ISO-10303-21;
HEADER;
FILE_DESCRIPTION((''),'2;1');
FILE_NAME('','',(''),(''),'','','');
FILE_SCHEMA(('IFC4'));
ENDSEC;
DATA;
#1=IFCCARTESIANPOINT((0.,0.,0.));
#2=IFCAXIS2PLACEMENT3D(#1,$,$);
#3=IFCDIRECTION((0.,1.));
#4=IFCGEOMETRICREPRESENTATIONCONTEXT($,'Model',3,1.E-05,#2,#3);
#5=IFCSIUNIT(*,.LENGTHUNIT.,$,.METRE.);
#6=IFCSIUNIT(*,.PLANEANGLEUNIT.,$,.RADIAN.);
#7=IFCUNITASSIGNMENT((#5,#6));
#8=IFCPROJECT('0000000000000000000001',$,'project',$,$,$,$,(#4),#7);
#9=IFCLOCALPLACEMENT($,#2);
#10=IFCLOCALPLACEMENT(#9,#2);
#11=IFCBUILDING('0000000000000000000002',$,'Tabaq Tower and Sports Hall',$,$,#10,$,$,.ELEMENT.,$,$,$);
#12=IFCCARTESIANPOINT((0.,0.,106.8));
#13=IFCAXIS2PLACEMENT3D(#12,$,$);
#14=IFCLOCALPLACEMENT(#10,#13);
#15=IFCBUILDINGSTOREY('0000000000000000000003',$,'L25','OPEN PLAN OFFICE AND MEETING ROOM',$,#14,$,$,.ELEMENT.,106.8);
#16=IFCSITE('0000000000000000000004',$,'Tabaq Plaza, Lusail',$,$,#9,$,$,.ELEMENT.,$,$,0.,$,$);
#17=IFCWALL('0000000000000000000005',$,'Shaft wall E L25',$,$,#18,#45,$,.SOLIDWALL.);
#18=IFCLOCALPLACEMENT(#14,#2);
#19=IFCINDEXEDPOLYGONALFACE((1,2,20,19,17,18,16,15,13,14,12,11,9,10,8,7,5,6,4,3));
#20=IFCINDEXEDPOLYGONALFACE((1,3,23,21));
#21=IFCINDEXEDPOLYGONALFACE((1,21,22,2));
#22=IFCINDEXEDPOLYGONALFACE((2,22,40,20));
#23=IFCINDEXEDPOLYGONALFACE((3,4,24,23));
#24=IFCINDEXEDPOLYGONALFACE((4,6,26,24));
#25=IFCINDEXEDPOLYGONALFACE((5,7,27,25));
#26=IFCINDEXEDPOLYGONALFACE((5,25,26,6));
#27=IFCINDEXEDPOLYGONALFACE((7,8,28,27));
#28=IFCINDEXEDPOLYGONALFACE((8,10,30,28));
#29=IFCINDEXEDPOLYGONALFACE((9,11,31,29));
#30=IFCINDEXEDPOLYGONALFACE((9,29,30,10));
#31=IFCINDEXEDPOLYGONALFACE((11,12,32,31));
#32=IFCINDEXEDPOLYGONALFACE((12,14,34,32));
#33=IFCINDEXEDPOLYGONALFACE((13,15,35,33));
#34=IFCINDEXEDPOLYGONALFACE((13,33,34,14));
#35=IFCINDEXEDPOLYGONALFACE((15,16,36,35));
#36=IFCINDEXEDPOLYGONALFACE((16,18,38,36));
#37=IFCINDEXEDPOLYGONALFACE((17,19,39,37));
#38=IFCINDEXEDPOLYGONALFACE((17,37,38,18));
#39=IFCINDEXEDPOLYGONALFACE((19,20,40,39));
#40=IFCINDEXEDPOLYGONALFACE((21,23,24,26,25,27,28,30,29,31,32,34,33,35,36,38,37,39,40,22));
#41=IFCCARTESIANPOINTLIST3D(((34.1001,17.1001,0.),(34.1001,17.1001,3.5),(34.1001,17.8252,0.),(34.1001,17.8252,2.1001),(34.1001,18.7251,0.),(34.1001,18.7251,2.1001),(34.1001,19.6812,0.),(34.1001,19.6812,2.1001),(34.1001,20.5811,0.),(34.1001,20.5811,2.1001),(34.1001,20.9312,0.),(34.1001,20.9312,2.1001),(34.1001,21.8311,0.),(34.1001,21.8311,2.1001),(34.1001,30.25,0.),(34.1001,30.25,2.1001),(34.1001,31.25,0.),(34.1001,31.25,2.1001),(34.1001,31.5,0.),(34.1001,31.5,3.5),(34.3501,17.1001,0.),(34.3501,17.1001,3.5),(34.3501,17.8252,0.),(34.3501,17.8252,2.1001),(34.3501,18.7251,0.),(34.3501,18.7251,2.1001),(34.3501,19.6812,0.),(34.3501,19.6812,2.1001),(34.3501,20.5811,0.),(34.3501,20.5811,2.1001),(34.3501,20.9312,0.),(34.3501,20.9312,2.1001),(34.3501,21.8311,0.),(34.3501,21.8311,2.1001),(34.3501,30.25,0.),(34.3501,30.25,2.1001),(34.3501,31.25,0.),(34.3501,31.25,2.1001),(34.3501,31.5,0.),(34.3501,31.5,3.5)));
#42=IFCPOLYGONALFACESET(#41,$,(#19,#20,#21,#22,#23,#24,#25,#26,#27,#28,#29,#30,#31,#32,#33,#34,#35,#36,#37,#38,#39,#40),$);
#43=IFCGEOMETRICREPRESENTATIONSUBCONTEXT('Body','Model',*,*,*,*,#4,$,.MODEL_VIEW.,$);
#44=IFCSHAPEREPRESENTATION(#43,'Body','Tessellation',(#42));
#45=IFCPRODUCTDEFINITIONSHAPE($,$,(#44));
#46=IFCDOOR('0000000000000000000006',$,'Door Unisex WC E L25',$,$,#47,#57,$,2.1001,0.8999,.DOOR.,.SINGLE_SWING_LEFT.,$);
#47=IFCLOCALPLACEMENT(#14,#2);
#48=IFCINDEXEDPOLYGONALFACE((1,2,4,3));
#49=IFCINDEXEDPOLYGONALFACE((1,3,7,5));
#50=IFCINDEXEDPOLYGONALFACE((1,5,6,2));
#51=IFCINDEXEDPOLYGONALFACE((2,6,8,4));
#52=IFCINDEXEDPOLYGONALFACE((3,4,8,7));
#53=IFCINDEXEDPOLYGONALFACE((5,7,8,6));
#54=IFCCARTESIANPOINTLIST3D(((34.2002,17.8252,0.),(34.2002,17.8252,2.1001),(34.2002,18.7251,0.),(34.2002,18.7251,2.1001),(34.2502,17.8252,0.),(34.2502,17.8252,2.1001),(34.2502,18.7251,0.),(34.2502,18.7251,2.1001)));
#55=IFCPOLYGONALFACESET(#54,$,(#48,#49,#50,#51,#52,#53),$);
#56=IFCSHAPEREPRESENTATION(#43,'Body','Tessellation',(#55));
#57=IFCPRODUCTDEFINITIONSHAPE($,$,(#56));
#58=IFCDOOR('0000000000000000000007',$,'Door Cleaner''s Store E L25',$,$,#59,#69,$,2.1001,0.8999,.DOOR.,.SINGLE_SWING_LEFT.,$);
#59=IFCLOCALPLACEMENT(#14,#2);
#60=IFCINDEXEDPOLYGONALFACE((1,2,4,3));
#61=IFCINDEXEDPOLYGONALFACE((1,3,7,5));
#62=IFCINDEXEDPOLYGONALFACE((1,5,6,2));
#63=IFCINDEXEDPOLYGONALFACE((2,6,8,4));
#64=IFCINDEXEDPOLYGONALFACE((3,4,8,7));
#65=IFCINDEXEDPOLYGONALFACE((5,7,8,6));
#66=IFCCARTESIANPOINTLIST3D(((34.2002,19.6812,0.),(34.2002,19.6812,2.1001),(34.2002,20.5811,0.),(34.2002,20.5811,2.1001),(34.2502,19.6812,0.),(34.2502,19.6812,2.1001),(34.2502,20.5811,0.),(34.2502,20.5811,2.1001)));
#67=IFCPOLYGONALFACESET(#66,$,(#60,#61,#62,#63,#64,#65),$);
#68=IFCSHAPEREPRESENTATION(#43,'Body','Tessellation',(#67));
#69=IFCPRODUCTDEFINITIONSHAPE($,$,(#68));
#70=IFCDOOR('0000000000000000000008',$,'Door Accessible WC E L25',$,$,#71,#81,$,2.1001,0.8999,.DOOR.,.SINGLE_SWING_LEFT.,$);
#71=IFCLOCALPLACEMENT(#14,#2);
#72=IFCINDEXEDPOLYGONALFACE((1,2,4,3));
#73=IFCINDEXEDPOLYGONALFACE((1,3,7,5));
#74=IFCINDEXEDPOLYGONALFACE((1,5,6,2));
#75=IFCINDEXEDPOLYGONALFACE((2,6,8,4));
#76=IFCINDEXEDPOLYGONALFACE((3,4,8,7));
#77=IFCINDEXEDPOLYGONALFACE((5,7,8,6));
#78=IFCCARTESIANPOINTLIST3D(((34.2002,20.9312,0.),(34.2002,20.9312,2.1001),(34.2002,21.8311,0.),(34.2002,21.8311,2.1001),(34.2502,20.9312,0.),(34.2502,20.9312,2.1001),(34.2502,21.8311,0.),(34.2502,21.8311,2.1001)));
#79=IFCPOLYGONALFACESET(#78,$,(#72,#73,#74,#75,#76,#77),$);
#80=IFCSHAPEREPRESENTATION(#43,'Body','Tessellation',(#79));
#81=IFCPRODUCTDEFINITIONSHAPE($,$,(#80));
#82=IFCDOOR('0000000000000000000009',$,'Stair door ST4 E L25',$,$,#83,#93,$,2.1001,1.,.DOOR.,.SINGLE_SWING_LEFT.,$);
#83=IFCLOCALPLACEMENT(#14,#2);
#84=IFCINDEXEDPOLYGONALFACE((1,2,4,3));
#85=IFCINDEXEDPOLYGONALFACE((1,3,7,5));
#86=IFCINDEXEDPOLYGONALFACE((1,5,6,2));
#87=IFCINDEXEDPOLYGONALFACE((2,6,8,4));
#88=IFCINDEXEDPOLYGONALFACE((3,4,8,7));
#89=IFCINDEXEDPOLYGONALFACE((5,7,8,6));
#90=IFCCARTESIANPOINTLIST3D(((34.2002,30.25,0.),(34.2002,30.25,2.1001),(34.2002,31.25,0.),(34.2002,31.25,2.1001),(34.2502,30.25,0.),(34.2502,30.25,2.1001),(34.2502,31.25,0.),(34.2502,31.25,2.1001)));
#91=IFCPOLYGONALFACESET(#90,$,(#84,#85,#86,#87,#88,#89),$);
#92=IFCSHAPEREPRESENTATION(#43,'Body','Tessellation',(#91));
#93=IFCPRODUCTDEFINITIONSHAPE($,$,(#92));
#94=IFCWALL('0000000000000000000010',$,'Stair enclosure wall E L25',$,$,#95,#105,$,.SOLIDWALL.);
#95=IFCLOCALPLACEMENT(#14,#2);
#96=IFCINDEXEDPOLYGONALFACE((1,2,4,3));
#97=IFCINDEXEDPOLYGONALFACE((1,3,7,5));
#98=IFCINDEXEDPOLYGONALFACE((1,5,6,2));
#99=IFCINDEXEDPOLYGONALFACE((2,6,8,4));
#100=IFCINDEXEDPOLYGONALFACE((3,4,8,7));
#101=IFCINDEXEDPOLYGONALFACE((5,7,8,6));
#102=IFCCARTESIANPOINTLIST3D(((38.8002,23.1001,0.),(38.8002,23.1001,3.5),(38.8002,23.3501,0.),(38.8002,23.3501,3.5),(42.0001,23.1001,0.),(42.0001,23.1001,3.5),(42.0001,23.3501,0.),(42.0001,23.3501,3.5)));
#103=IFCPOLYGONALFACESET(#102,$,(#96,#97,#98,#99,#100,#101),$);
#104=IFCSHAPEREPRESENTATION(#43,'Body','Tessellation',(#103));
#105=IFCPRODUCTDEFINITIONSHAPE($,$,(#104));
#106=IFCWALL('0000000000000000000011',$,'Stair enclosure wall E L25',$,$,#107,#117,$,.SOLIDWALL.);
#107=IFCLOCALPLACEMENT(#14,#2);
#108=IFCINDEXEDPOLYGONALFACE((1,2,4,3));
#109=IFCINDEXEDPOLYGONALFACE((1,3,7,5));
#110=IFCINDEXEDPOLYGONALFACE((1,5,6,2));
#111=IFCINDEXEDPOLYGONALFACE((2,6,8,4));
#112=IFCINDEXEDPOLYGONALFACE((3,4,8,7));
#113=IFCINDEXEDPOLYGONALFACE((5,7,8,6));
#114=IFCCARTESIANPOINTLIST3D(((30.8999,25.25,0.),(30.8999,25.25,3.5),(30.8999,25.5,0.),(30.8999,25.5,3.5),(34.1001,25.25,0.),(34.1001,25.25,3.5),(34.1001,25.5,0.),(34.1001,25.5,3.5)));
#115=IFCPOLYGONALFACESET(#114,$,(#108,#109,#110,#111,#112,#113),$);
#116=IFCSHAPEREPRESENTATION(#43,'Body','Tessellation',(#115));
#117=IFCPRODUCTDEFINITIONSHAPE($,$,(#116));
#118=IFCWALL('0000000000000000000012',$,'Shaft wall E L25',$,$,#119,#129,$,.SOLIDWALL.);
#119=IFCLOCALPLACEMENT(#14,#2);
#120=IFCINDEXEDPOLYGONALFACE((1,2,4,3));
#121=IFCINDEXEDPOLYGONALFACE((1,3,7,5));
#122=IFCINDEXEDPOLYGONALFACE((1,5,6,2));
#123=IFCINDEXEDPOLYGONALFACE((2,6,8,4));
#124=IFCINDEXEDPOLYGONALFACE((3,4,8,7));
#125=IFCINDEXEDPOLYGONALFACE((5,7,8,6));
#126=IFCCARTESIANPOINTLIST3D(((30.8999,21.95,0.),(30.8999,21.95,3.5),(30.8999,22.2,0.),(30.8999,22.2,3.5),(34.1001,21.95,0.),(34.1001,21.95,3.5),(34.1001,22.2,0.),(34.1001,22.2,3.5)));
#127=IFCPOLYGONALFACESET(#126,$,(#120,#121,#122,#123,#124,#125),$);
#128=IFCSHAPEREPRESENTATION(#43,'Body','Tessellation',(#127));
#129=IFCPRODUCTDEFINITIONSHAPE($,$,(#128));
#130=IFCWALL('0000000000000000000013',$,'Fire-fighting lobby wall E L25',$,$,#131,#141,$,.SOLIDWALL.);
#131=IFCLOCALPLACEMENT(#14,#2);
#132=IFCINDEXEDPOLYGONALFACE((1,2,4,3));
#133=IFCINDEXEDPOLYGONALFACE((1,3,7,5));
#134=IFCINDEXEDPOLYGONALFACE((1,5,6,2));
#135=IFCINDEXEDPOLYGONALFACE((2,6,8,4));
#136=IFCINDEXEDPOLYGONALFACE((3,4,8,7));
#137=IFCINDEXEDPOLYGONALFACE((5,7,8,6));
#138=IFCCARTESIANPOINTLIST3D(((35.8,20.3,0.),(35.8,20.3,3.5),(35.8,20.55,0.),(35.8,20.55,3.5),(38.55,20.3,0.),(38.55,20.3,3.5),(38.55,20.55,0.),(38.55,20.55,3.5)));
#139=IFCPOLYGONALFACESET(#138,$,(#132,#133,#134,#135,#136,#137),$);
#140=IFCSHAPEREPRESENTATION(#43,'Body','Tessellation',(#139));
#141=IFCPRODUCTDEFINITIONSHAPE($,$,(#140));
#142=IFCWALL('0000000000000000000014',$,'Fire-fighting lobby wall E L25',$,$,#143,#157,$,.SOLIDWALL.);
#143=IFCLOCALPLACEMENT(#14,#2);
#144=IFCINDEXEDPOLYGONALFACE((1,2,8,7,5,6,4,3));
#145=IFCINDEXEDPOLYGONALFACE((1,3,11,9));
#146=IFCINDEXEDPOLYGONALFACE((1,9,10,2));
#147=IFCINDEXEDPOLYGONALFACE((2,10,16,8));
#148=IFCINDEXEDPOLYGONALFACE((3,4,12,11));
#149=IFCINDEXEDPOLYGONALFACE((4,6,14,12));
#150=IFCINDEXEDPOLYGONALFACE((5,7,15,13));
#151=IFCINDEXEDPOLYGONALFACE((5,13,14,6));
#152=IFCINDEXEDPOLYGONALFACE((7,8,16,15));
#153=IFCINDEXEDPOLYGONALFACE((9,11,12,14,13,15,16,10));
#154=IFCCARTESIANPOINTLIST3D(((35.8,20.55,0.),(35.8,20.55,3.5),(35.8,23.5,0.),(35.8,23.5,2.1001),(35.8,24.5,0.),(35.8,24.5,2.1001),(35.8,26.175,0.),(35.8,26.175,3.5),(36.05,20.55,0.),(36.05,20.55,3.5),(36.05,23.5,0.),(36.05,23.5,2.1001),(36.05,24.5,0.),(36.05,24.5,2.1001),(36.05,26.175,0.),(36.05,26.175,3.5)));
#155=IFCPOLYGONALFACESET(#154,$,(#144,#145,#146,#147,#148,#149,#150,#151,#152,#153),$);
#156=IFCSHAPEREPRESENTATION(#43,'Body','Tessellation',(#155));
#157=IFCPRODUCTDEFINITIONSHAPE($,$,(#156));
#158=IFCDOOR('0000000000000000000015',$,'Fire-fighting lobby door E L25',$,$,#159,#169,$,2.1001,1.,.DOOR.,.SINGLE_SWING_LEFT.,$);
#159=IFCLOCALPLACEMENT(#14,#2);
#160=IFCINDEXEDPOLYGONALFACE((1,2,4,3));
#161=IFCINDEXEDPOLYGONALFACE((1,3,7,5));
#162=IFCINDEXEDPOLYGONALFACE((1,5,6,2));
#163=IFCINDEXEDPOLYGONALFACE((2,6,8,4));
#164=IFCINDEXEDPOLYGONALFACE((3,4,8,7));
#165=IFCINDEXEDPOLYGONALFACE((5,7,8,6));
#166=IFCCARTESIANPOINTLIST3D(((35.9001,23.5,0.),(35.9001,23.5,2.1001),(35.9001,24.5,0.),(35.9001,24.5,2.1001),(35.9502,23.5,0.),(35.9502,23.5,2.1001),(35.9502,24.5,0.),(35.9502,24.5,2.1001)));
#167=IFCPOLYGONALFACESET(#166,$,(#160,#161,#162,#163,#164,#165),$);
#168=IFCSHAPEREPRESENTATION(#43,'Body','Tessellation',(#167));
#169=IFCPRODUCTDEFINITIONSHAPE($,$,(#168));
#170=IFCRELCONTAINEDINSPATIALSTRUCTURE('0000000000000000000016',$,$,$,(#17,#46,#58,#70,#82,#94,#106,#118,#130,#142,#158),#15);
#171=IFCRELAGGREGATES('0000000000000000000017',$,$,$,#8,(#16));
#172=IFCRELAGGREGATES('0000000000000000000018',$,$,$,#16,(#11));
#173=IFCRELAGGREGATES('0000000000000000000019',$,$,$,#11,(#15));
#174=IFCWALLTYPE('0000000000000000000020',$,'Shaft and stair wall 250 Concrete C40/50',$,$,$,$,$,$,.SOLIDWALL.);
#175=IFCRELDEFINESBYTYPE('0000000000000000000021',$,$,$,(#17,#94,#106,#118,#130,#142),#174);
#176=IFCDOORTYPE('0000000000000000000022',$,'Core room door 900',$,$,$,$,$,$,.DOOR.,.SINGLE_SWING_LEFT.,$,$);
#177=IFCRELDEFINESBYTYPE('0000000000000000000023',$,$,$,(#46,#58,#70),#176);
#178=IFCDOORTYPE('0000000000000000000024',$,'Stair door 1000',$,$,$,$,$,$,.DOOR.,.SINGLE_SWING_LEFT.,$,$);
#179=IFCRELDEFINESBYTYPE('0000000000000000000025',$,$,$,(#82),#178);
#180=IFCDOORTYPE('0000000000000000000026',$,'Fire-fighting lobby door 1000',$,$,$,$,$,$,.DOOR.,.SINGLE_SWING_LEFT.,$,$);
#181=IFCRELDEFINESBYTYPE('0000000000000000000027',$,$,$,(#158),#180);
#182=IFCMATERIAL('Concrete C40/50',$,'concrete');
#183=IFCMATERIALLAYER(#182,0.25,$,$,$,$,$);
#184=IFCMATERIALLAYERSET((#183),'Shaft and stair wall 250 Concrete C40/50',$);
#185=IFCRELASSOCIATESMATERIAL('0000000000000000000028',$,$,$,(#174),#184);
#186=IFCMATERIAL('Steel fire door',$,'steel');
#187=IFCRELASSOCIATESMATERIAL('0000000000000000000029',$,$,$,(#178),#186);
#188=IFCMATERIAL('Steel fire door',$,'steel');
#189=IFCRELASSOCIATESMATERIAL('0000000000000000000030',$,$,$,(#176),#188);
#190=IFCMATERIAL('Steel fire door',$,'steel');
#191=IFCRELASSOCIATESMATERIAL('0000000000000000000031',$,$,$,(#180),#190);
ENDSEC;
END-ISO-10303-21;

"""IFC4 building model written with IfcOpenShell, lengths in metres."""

from ifc_helpers import new_model, si_unit, direction, frame, frame_2d, origin, place, context, subcontext, project, spatial, rectangle, extrude, material, layer, layer_set, type_object, element, fill, save


model = new_model("IFC4")

# Units and contexts
model_context = context("Model", 3, precision=1e-05, world=origin(), true_north=direction((0.0, 1.0)))
body_context = subcontext(model_context, "Body", "Model", "MODEL_VIEW")
ifc_project = project(units=[si_unit("LENGTHUNIT", "METRE"), si_unit("PLANEANGLEUNIT", "RADIAN")], contexts=[model_context])

# Site, building, storey
site_placement = place(None, origin())
site = spatial("IfcSite", under=ifc_project, at=site_placement, Name="Tabaq Plaza, Lusail", CompositionType="ELEMENT", RefElevation=0.0)
building_placement = place(site_placement, origin())
building = spatial("IfcBuilding", under=site, at=building_placement, Name="Tabaq Tower and Sports Hall", CompositionType="ELEMENT")
storey_placement = place(building_placement, frame((0.0, 0.0, 106.8)))
storey = spatial("IfcBuildingStorey", under=building, at=storey_placement, Name="L25", Description="OPEN PLAN OFFICE AND MEETING ROOM", CompositionType="ELEMENT", Elevation=106.8)

# Wall, openings, doors
ifc_material_1 = material(Name="Concrete C40/50", Category="concrete")
ifc_layer_1 = layer(ifc_material_1, 0.25)
ifc_layer_set_1 = layer_set([ifc_layer_1], Name="Shaft and stair wall 250 Concrete C40/50")
wall_type_1 = type_object("IfcWallType", Name="Shaft and stair wall 250 Concrete C40/50", PredefinedType="SOLIDWALL", material=ifc_layer_set_1)
ifc_material_2 = material(Name="Steel fire door", Category="steel")
door_type_1 = type_object("IfcDoorType", Name="Stair door 1000", OperationType="SINGLE_SWING_LEFT", PredefinedType="DOOR", material=ifc_material_2)
wall_1_placement = place(storey_placement, frame((34.2251, 17.1001, 0.0), z_axis=(0.0, 0.0, 1.0), x_axis=(0.0, 1.0, 0.0)))
wall_1 = element("IfcWall", 1, at=wall_1_placement, inside=storey, type_object=wall_type_1, Name="Shaft wall E L25", PredefinedType="SOLIDWALL", context=body_context, shape_type="SweptSolid", body=[
    extrude(rectangle(XDim=14.3999, YDim=0.25, at=frame_2d((7.2, 0.0))), origin(), (0.0, 0.0, 1.0), 3.5),
])
opening_1_placement = place(wall_1_placement, frame((13.1499, 0.0, 0.0)))
opening_1 = element("IfcOpeningElement", 2, at=opening_1_placement, cuts=wall_1, PredefinedType="OPENING", context=body_context, shape_type="SweptSolid", body=[
    extrude(rectangle(XDim=1.0, YDim=2.1001, at=frame_2d((0.5, 1.05))), frame((0.0, 0.125, 0.0), z_axis=(0.0, -1.0, 0.0), x_axis=(1.0, 0.0, 0.0)), (0.0, 0.0, 1.0), 0.25),
])
opening_2_placement = place(wall_1_placement, frame((0.7251, 0.0, 0.0)))
opening_2 = element("IfcOpeningElement", 3, at=opening_2_placement, cuts=wall_1, PredefinedType="OPENING", context=body_context, shape_type="SweptSolid", body=[
    extrude(rectangle(XDim=0.8999, YDim=2.1001, at=frame_2d((0.45, 1.05))), frame((0.0, 0.125, 0.0), z_axis=(0.0, -1.0, 0.0), x_axis=(1.0, 0.0, 0.0)), (0.0, 0.0, 1.0), 0.25),
])
opening_3_placement = place(wall_1_placement, frame((2.5811, 0.0, 0.0)))
opening_3 = element("IfcOpeningElement", 4, at=opening_3_placement, cuts=wall_1, PredefinedType="OPENING", context=body_context, shape_type="SweptSolid", body=[
    extrude(rectangle(XDim=0.8999, YDim=2.1001, at=frame_2d((0.45, 1.05))), frame((0.0, 0.125, 0.0), z_axis=(0.0, -1.0, 0.0), x_axis=(1.0, 0.0, 0.0)), (0.0, 0.0, 1.0), 0.25),
])
opening_4_placement = place(wall_1_placement, frame((3.8311, 0.0, 0.0)))
opening_4 = element("IfcOpeningElement", 5, at=opening_4_placement, cuts=wall_1, PredefinedType="OPENING", context=body_context, shape_type="SweptSolid", body=[
    extrude(rectangle(XDim=0.8999, YDim=2.1001, at=frame_2d((0.45, 1.05))), frame((0.0, 0.125, 0.0), z_axis=(0.0, -1.0, 0.0), x_axis=(1.0, 0.0, 0.0)), (0.0, 0.0, 1.0), 0.25),
])
ifc_material_3 = material(Name="Steel fire door", Category="steel")
door_type_2 = type_object("IfcDoorType", Name="Core room door 900", OperationType="SINGLE_SWING_LEFT", PredefinedType="DOOR", material=ifc_material_3)
door_1_placement = place(opening_2_placement, origin())
door_1 = element("IfcDoor", 6, at=door_1_placement, inside=storey, type_object=door_type_2, Name="Door Unisex WC E L25", OperationType="SINGLE_SWING_LEFT", OverallHeight=2.1001, OverallWidth=0.8999, PredefinedType="DOOR", context=body_context, shape_type="SweptSolid", body=[
    extrude(rectangle(XDim=0.8999, YDim=2.1001, at=frame_2d((0.45, 1.05))), frame((0.0, 0.0249, 0.0), z_axis=(0.0, -1.0, 0.0), x_axis=(1.0, 0.0, 0.0)), (0.0, 0.0, 1.0), 0.05),
])
fill(opening_2, door_1)
door_2_placement = place(opening_3_placement, origin())
door_2 = element("IfcDoor", 7, at=door_2_placement, inside=storey, type_object=door_type_2, Name="Door Cleaner's Store E L25", OperationType="SINGLE_SWING_LEFT", OverallHeight=2.1001, OverallWidth=0.8999, PredefinedType="DOOR", context=body_context, shape_type="SweptSolid", body=[
    extrude(rectangle(XDim=0.8999, YDim=2.1001, at=frame_2d((0.45, 1.05))), frame((0.0, 0.0249, 0.0), z_axis=(0.0, -1.0, 0.0), x_axis=(1.0, 0.0, 0.0)), (0.0, 0.0, 1.0), 0.05),
])
fill(opening_3, door_2)
door_3_placement = place(opening_4_placement, origin())
door_3 = element("IfcDoor", 8, at=door_3_placement, inside=storey, type_object=door_type_2, Name="Door Accessible WC E L25", OperationType="SINGLE_SWING_LEFT", OverallHeight=2.1001, OverallWidth=0.8999, PredefinedType="DOOR", context=body_context, shape_type="SweptSolid", body=[
    extrude(rectangle(XDim=0.8999, YDim=2.1001, at=frame_2d((0.45, 1.05))), frame((0.0, 0.0249, 0.0), z_axis=(0.0, -1.0, 0.0), x_axis=(1.0, 0.0, 0.0)), (0.0, 0.0, 1.0), 0.05),
])
fill(opening_4, door_3)
door_4_placement = place(opening_1_placement, origin())
door_4 = element("IfcDoor", 9, at=door_4_placement, inside=storey, type_object=door_type_1, Name="Stair door ST4 E L25", OperationType="SINGLE_SWING_LEFT", OverallHeight=2.1001, OverallWidth=1.0, PredefinedType="DOOR", context=body_context, shape_type="SweptSolid", body=[
    extrude(rectangle(XDim=1.0, YDim=2.1001, at=frame_2d((0.5, 1.05))), frame((0.0, 0.0249, 0.0), z_axis=(0.0, -1.0, 0.0), x_axis=(1.0, 0.0, 0.0)), (0.0, 0.0, 1.0), 0.05),
])
fill(opening_1, door_4)

# Walls
wall_2_placement = place(storey_placement, frame((38.8, 23.2251, 0.0), z_axis=(0.0, 0.0, 1.0), x_axis=(1.0, 0.0, 0.0)))
element("IfcWall", 10, at=wall_2_placement, inside=storey, type_object=wall_type_1, Name="Stair enclosure wall E L25", PredefinedType="SOLIDWALL", context=body_context, shape_type="SweptSolid", body=[
    extrude(rectangle(XDim=3.2, YDim=0.25, at=frame_2d((1.6001, 0.0))), origin(), (0.0, 0.0, 1.0), 3.5),
])
for number, where, z_axis, x_axis, name in (
    (11, (30.8999, 25.375, 0.0), (0.0, 0.0, 1.0), (1.0, 0.0, 0.0), "Stair enclosure wall E L25"),
    (12, (30.8999, 22.075, 0.0), (0.0, 0.0, 1.0), (1.0, 0.0, 0.0), "Shaft wall E L25"),
):
    element("IfcWall", number, at=place(storey_placement, frame(where, z_axis=z_axis, x_axis=x_axis)), inside=storey, type_object=wall_type_1, Name=name, PredefinedType="SOLIDWALL", context=body_context, shape_type="SweptSolid", body=[
        extrude(rectangle(XDim=3.2002, YDim=0.25, at=frame_2d((1.6001, 0.0))), origin(), (0.0, 0.0, 1.0), 3.5),
    ])
wall_3_placement = place(storey_placement, frame((35.8, 20.425, 0.0), z_axis=(0.0, 0.0, 1.0), x_axis=(1.0, 0.0, 0.0)))
element("IfcWall", 13, at=wall_3_placement, inside=storey, type_object=wall_type_1, Name="Fire-fighting lobby wall E L25", PredefinedType="SOLIDWALL", context=body_context, shape_type="SweptSolid", body=[
    extrude(rectangle(XDim=2.75, YDim=0.25, at=frame_2d((1.375, 0.0))), origin(), (0.0, 0.0, 1.0), 3.5),
])

# Wall, opening, door
wall_4_placement = place(storey_placement, frame((35.925, 20.55, 0.0), z_axis=(0.0, 0.0, 1.0), x_axis=(0.0, 1.0, 0.0)))
wall_4 = element("IfcWall", 14, at=wall_4_placement, inside=storey, type_object=wall_type_1, Name="Fire-fighting lobby wall E L25", PredefinedType="SOLIDWALL", context=body_context, shape_type="SweptSolid", body=[
    extrude(rectangle(XDim=5.625, YDim=0.25, at=frame_2d((2.8125, 0.0))), origin(), (0.0, 0.0, 1.0), 3.5),
])
opening_5_placement = place(wall_4_placement, frame((2.95, 0.0, 0.0)))
opening_5 = element("IfcOpeningElement", 15, at=opening_5_placement, cuts=wall_4, PredefinedType="OPENING", context=body_context, shape_type="SweptSolid", body=[
    extrude(rectangle(XDim=1.0, YDim=2.1001, at=frame_2d((0.5, 1.05))), frame((0.0, 0.125, 0.0), z_axis=(0.0, -1.0, 0.0), x_axis=(1.0, 0.0, 0.0)), (0.0, 0.0, 1.0), 0.25),
])
ifc_material_4 = material(Name="Steel fire door", Category="steel")
door_type_3 = type_object("IfcDoorType", Name="Fire-fighting lobby door 1000", OperationType="SINGLE_SWING_LEFT", PredefinedType="DOOR", material=ifc_material_4)
door_5_placement = place(opening_5_placement, origin())
door_5 = element("IfcDoor", 16, at=door_5_placement, inside=storey, type_object=door_type_3, Name="Fire-fighting lobby door E L25", OperationType="SINGLE_SWING_LEFT", OverallHeight=2.1001, OverallWidth=1.0, PredefinedType="DOOR", context=body_context, shape_type="SweptSolid", body=[
    extrude(rectangle(XDim=1.0, YDim=2.1001, at=frame_2d((0.5, 1.05))), frame((0.0, 0.0249, 0.0), z_axis=(0.0, -1.0, 0.0), x_axis=(1.0, 0.0, 0.0)), (0.0, 0.0, 1.0), 0.05),
])
fill(opening_5, door_5)

save(model, "model.ifc")
